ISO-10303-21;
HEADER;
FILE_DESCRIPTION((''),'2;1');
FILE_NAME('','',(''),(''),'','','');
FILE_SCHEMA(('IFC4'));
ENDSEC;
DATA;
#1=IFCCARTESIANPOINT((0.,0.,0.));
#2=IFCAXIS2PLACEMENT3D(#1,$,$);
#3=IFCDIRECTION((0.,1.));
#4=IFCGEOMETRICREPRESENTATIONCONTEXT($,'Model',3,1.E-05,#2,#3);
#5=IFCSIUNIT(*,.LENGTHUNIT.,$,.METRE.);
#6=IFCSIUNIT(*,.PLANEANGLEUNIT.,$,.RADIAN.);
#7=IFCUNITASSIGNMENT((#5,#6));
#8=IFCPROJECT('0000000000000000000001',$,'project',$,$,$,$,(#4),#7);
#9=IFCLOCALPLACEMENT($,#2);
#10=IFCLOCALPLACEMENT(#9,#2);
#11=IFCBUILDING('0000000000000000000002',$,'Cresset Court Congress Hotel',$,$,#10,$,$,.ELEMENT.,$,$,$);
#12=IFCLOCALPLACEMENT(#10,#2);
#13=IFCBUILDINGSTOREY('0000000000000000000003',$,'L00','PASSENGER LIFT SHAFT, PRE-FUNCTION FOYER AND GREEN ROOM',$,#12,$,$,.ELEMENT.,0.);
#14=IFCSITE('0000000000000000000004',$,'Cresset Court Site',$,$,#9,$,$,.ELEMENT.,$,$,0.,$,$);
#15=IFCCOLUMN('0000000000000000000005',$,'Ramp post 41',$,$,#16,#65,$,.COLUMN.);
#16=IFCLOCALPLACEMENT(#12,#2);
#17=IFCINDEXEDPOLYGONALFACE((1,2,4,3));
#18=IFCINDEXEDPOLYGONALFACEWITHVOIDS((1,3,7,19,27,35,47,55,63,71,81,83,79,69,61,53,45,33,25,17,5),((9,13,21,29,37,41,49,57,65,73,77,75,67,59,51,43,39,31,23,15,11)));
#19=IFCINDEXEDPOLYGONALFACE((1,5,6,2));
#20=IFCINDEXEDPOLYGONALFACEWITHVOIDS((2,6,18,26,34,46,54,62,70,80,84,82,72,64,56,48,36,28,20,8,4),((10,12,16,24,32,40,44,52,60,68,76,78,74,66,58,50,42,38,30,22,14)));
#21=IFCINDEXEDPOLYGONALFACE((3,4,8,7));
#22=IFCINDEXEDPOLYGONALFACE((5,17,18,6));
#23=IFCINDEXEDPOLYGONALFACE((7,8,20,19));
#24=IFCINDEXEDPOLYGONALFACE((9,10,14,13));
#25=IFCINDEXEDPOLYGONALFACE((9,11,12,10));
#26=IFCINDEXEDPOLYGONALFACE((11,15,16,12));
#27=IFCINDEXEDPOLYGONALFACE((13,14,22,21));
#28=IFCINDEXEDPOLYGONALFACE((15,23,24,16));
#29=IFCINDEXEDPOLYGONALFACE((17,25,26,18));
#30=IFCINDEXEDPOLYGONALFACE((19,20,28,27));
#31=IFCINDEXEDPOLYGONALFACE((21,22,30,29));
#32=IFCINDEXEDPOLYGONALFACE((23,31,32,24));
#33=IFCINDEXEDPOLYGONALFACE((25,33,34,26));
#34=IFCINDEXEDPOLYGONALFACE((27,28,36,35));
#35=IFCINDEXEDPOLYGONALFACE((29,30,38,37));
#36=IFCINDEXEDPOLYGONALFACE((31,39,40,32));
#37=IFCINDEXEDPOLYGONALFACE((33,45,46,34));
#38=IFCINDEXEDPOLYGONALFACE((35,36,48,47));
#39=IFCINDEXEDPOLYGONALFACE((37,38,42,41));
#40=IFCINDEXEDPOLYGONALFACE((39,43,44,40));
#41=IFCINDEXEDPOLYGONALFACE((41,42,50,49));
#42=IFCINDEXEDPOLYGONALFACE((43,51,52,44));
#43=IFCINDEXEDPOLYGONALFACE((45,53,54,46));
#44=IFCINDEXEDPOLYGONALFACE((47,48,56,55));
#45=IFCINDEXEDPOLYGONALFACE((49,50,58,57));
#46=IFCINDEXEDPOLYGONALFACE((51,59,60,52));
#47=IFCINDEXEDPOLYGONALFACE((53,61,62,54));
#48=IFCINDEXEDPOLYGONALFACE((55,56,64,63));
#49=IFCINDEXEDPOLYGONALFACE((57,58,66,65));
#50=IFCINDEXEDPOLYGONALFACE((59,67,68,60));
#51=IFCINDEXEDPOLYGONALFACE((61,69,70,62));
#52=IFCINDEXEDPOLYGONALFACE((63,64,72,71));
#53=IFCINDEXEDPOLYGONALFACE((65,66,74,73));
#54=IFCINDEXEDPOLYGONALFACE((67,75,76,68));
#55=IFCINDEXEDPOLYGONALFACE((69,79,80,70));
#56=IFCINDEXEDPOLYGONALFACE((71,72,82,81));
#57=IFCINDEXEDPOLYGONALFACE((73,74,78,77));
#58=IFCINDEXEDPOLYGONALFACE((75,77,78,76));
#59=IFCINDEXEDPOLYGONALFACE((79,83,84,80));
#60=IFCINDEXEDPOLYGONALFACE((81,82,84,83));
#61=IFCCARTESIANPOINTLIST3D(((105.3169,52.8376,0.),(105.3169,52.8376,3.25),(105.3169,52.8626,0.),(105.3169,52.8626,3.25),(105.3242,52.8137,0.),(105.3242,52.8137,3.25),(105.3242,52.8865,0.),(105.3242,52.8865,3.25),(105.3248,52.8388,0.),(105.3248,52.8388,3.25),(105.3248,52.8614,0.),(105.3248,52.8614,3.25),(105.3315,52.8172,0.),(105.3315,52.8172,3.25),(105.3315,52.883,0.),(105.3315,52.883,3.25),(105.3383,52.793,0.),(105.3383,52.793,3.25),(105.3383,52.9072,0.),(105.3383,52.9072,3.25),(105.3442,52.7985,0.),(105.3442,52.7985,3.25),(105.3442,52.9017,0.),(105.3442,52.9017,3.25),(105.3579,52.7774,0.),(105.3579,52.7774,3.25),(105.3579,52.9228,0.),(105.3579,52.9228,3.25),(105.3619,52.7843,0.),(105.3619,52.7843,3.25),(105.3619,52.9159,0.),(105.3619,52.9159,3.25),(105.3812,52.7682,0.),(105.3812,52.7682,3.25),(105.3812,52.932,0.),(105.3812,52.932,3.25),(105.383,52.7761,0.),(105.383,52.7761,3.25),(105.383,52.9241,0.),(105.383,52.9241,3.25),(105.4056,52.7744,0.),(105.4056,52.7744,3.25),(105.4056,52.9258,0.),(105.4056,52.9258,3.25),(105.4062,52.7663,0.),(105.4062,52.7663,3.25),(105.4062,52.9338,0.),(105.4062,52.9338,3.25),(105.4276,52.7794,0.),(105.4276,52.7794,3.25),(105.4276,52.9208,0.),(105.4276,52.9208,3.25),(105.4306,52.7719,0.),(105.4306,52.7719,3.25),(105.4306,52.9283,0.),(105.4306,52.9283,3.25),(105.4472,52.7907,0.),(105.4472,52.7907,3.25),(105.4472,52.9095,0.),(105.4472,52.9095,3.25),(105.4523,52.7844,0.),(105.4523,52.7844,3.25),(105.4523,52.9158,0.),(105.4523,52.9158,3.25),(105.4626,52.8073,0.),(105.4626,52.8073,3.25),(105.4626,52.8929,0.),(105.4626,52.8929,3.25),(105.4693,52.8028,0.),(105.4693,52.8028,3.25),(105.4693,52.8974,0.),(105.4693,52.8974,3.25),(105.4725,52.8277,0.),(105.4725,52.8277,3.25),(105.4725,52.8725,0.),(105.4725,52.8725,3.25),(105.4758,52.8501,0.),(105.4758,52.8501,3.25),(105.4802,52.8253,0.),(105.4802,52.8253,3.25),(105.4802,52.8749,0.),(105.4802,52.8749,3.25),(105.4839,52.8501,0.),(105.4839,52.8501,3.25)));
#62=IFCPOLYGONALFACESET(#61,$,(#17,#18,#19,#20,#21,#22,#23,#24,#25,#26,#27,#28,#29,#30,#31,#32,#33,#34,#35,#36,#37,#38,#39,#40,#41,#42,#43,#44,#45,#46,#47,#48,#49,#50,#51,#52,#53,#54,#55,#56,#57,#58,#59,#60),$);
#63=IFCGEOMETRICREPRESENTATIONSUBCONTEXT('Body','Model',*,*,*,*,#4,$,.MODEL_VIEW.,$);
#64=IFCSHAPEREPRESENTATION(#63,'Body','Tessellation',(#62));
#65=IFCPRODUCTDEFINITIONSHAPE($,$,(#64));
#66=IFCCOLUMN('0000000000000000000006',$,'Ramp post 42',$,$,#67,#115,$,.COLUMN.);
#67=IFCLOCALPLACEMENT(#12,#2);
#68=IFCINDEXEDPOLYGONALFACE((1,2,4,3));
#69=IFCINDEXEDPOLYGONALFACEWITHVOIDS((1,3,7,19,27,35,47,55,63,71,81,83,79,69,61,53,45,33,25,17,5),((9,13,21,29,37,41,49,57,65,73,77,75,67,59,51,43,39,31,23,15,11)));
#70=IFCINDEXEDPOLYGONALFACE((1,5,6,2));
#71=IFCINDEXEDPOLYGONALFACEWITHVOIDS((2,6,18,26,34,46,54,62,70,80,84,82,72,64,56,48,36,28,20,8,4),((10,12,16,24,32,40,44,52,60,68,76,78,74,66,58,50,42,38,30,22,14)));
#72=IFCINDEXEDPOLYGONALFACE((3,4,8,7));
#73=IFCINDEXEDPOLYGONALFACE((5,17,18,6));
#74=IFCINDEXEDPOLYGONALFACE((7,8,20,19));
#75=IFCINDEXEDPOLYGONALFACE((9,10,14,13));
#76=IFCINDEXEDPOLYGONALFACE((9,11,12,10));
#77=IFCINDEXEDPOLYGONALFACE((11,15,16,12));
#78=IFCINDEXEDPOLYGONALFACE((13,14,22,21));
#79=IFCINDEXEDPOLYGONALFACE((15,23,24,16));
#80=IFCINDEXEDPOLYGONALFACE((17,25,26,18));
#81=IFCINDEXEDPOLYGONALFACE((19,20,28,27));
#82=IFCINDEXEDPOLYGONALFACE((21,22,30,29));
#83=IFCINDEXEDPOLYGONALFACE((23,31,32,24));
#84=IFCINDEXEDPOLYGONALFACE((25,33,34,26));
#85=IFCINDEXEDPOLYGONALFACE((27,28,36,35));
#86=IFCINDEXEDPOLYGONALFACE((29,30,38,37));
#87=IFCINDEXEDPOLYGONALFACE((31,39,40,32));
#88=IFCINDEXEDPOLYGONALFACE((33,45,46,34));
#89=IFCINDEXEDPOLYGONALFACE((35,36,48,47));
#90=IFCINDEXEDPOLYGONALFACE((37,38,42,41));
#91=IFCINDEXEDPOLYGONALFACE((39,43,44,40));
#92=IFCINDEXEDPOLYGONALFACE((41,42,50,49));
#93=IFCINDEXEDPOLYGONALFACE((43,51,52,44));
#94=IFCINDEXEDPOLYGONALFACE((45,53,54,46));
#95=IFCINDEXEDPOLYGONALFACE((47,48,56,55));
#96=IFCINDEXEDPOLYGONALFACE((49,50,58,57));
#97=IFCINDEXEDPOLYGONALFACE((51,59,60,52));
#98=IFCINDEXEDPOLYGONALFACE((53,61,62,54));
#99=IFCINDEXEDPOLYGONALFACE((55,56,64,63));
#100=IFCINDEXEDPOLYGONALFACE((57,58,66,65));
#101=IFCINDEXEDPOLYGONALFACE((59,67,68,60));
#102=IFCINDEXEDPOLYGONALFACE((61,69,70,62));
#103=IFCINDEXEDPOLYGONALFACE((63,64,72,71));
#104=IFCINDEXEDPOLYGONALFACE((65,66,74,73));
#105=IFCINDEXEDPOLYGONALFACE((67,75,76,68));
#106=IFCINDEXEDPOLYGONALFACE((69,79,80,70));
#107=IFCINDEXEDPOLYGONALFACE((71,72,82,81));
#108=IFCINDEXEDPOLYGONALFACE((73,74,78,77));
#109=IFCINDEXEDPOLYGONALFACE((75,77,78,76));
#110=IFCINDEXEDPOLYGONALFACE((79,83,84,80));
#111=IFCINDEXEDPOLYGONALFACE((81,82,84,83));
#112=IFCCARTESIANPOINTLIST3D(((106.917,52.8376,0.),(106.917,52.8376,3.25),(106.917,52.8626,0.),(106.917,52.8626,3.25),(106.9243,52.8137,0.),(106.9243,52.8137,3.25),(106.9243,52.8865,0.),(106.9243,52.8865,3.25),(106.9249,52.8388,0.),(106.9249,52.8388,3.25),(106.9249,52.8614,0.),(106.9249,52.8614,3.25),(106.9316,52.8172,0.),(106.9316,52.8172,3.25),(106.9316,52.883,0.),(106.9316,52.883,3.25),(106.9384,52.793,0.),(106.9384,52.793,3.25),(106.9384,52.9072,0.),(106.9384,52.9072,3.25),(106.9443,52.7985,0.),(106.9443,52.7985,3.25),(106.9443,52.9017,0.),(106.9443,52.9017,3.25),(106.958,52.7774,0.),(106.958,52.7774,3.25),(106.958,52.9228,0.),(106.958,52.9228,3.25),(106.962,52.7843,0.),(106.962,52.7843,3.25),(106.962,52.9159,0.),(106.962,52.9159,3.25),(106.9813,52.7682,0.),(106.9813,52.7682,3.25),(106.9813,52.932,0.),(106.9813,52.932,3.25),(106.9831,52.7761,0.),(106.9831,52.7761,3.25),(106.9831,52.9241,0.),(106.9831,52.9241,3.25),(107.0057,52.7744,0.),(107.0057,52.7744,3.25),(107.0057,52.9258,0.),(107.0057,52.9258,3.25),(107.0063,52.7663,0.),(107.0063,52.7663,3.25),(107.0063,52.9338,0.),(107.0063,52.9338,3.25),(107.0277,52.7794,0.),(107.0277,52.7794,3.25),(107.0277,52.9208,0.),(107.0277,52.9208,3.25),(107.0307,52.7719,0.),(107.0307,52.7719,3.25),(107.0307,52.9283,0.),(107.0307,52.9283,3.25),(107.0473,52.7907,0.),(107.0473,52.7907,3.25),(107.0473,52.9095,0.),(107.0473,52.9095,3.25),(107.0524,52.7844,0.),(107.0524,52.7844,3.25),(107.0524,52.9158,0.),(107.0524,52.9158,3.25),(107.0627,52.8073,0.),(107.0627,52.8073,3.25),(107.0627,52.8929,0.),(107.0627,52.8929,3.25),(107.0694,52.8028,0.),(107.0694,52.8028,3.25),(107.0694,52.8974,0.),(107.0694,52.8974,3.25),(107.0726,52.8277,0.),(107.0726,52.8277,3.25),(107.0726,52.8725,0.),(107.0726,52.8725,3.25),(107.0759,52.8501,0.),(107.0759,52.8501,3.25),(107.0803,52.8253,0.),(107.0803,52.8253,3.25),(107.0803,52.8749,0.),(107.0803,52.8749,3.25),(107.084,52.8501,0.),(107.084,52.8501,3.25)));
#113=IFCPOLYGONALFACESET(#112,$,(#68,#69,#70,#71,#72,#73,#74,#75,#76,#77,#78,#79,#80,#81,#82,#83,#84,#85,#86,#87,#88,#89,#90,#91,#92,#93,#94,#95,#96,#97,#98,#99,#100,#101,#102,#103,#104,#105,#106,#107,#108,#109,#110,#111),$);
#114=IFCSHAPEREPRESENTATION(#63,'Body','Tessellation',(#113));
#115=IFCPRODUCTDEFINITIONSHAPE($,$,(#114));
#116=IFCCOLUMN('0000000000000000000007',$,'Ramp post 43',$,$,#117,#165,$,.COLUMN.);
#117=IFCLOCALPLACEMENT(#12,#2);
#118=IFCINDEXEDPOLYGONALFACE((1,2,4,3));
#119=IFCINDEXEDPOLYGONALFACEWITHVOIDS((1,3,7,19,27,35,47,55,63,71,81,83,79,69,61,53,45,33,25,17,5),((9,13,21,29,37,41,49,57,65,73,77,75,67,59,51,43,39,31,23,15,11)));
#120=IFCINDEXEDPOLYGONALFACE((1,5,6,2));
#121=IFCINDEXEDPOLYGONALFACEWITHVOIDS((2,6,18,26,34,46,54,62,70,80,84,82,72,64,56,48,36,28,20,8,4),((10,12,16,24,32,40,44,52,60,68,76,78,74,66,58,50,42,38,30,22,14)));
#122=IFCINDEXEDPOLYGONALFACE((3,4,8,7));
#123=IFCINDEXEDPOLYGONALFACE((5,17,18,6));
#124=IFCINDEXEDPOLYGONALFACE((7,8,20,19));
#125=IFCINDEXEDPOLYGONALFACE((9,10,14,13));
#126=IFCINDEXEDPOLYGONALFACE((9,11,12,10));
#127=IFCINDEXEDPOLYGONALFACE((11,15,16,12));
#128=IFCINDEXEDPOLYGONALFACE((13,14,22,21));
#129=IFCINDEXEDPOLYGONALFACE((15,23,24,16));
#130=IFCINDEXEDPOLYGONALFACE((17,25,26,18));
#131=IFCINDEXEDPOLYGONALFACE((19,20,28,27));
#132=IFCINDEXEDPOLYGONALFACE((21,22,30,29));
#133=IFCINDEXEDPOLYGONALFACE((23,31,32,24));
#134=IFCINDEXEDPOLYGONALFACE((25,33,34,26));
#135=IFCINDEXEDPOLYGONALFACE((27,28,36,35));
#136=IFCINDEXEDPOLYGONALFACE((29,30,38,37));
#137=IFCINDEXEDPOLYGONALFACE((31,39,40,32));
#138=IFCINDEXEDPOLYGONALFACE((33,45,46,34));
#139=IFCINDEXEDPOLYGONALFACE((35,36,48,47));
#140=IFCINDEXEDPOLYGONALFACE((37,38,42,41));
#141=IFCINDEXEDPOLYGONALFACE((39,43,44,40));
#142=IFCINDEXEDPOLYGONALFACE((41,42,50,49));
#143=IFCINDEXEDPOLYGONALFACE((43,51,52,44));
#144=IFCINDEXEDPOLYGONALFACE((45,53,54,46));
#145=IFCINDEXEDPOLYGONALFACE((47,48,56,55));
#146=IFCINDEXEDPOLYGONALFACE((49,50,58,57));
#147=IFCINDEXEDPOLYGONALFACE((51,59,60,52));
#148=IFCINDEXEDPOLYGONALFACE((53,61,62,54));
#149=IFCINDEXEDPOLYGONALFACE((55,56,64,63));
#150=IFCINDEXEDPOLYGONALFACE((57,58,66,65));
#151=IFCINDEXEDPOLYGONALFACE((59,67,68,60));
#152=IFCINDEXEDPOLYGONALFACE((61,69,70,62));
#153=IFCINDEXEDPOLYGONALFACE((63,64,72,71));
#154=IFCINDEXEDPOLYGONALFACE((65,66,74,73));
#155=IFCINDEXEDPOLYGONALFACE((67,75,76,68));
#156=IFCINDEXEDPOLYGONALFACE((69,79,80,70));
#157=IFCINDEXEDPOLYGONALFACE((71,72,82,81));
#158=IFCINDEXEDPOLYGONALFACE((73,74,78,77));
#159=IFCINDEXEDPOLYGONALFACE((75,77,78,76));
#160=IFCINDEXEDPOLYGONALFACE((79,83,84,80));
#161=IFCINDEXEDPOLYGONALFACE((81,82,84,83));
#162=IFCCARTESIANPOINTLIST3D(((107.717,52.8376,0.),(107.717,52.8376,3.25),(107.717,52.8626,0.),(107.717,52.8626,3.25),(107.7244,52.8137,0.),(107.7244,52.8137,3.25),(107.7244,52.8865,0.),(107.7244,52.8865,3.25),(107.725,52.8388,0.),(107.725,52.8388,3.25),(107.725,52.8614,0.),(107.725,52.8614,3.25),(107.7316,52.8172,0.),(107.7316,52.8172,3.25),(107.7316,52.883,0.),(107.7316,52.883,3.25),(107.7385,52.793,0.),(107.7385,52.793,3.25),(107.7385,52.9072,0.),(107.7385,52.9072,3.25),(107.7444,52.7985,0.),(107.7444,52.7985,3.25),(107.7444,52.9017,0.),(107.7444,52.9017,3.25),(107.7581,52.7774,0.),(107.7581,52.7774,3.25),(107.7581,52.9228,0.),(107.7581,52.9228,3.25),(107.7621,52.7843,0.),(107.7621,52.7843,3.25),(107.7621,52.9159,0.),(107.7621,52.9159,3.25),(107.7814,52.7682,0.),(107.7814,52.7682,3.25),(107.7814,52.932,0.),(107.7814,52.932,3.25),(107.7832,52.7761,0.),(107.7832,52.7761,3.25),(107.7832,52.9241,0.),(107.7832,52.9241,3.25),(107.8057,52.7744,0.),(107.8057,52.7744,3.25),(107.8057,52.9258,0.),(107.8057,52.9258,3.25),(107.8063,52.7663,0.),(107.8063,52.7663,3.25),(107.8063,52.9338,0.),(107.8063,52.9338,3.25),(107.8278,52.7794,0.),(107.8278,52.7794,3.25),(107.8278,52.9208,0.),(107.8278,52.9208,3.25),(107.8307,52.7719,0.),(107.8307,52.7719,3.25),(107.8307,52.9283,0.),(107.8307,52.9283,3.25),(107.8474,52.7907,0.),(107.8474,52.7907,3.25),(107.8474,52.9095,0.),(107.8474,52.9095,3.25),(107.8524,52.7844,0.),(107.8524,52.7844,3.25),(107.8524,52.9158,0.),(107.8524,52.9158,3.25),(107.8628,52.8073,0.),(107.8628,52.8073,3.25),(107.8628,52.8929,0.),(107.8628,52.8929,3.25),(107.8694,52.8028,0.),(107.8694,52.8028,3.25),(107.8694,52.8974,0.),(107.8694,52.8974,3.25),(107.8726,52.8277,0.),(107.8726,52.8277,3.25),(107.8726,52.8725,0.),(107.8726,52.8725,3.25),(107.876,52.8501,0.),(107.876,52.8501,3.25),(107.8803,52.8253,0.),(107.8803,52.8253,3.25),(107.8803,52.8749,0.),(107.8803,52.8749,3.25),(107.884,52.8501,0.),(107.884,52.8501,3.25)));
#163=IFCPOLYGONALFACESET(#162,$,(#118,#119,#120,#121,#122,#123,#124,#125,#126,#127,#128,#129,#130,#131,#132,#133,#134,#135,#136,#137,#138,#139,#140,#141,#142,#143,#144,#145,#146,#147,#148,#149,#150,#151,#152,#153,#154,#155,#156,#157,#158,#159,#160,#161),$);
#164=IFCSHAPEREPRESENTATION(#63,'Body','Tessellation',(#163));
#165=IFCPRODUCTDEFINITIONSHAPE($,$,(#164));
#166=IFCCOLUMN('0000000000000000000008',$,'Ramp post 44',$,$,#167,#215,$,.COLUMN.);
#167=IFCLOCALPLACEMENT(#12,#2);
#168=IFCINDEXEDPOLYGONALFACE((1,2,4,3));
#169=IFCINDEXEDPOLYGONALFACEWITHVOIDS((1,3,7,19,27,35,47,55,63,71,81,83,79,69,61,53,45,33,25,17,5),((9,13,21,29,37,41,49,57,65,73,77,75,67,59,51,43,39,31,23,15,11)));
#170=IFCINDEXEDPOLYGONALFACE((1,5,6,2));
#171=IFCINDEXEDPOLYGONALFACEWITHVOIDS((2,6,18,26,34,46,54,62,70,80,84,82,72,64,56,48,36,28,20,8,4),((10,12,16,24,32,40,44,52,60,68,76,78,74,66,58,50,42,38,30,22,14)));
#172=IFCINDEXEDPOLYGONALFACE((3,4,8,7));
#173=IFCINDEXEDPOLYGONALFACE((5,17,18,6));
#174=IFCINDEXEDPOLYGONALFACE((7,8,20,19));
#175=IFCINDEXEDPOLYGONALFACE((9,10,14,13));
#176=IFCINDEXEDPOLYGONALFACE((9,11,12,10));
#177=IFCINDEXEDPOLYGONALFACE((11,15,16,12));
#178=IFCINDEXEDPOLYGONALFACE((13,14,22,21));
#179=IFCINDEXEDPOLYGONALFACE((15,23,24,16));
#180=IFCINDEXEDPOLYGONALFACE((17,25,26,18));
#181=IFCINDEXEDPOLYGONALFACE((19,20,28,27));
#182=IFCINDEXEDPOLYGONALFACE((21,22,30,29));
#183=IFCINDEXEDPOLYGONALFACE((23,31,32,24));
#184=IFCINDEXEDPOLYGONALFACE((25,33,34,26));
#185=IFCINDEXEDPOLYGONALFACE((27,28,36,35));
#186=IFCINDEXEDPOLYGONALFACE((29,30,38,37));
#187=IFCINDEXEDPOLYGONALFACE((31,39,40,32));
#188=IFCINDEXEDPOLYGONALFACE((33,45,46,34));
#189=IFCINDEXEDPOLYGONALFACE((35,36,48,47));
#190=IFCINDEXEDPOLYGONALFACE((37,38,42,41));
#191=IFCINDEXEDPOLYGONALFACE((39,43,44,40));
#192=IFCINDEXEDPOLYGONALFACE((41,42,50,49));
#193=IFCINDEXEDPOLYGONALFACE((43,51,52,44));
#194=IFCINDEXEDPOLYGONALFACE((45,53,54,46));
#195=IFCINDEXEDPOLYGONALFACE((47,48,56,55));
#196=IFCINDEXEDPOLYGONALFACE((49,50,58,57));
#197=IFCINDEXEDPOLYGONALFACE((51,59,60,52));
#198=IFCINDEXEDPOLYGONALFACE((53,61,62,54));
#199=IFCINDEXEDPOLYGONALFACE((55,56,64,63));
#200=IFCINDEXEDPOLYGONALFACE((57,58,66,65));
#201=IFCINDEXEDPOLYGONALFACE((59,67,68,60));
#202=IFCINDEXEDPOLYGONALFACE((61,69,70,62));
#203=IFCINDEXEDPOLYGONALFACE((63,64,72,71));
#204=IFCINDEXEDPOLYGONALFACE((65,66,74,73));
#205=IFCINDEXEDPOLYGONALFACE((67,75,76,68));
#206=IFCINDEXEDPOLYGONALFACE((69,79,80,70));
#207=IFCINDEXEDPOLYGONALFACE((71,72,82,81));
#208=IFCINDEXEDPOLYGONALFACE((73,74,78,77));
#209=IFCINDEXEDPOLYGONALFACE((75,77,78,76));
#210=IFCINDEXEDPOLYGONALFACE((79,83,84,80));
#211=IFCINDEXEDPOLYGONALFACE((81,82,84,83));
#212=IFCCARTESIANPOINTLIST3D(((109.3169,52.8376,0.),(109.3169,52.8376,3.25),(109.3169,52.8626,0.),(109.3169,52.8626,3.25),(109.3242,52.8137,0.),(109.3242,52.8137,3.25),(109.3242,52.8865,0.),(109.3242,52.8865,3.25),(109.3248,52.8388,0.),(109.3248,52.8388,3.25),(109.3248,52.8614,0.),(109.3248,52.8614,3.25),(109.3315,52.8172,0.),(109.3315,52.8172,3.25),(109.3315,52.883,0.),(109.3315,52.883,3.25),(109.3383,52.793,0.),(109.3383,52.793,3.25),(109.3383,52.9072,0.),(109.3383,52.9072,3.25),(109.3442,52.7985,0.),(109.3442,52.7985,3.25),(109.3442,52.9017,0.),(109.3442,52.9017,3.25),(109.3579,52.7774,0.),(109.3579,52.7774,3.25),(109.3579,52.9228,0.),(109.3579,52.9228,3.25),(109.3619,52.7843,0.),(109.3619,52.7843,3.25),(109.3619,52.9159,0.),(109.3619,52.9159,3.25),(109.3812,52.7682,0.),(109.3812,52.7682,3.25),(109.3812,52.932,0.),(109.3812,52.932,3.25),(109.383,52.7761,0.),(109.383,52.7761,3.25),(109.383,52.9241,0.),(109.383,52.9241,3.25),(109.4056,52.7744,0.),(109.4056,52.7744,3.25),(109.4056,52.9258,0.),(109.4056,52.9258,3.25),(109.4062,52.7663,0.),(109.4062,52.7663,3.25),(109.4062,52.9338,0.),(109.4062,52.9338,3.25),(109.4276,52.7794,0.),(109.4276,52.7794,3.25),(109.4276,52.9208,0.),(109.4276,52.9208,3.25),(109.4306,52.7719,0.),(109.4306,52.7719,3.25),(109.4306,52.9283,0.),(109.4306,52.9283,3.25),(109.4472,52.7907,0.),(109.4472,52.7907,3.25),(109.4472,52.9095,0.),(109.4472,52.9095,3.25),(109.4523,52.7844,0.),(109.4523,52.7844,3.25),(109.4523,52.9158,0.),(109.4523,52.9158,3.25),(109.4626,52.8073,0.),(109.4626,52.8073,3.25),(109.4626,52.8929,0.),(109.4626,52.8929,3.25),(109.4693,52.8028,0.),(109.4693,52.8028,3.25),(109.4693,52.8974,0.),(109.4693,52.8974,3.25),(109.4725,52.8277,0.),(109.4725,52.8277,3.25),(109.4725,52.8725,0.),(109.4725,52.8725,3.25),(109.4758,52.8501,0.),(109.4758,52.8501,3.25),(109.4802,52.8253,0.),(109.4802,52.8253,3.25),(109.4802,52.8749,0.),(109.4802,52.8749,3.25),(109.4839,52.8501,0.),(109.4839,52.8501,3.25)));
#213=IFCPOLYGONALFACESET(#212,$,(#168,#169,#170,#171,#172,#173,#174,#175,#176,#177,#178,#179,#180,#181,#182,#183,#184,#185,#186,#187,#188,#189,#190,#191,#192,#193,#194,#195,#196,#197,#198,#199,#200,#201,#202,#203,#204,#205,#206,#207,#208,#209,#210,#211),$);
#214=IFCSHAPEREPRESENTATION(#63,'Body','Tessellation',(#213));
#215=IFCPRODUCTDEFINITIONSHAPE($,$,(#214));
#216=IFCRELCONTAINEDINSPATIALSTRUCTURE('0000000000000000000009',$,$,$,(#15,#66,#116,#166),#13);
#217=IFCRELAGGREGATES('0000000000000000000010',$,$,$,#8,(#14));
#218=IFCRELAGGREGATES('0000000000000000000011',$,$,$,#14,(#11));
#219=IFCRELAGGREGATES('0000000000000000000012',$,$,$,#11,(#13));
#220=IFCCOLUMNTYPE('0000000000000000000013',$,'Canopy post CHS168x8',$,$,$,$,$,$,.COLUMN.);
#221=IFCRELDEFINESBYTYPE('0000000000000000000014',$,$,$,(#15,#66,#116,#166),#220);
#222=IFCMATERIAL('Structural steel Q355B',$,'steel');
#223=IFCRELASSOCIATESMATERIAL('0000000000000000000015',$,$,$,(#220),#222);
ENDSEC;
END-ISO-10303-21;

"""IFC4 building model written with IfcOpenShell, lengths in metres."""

from ifc_helpers import new_model, si_unit, direction, frame, origin, origin_2d, place, context, subcontext, project, spatial, hollow_circle, extrude, material, material_profile, profile_set, type_object, element, save


model = new_model("IFC4")

# Units and contexts
model_context = context("Model", 3, precision=1e-05, world=origin(), true_north=direction((0.0, 1.0)))
body_context = subcontext(model_context, "Body", "Model", "MODEL_VIEW")
ifc_project = project(units=[si_unit("LENGTHUNIT", "METRE"), si_unit("PLANEANGLEUNIT", "RADIAN")], contexts=[model_context])

# Site, building, storey
site_placement = place(None, origin())
site = spatial("IfcSite", under=ifc_project, at=site_placement, Name="Cresset Court Site", CompositionType="ELEMENT", RefElevation=0.0)
building_placement = place(site_placement, origin())
building = spatial("IfcBuilding", under=site, at=building_placement, Name="Cresset Court Congress Hotel", CompositionType="ELEMENT")
storey_placement = place(building_placement, origin())
storey = spatial("IfcBuildingStorey", under=building, at=storey_placement, Name="L00", Description="PASSENGER LIFT SHAFT, PRE-FUNCTION FOYER AND GREEN ROOM", CompositionType="ELEMENT", Elevation=0.0)

# Columns
ifc_material_1 = material(Name="Structural steel Q355B", Category="steel")
ifc_material_profile = material_profile(ifc_material_1, hollow_circle(Radius=0.084, WallThickness=0.0081, at=origin_2d()), Name="CHS168x8")
ifc_profile_set = profile_set([ifc_material_profile], Name="Structural steel Q355B")
column_type = type_object("IfcColumnType", Name="Canopy post CHS168x8", PredefinedType="COLUMN", material=ifc_profile_set)
for number, where, z_axis, x_axis, name in (
    (1, (105.3999, 52.8501, 0.0), (0.0, 0.0, 1.0), (1.0, 0.0, 0.0), "Ramp post 41"),
    (2, (107.0, 52.8501, 0.0), (0.0, 0.0, 1.0), (1.0, 0.0, 0.0), "Ramp post 42"),
    (3, (107.8, 52.8501, 0.0), (0.0, 0.0, 1.0), (1.0, 0.0, 0.0), "Ramp post 43"),
    (4, (109.3999, 52.8501, 0.0), (0.0, 0.0, 1.0), (1.0, 0.0, 0.0), "Ramp post 44"),
):
    element("IfcColumn", number, at=place(storey_placement, frame(where, z_axis=z_axis, x_axis=x_axis)), inside=storey, type_object=column_type, Name=name, PredefinedType="COLUMN", context=body_context, shape_type="SweptSolid", body=[
        extrude(hollow_circle(Radius=0.084, WallThickness=0.0081, at=origin_2d()), origin(), (0.0, 0.0, 1.0), 3.25),
    ])

save(model, "model.ifc")
